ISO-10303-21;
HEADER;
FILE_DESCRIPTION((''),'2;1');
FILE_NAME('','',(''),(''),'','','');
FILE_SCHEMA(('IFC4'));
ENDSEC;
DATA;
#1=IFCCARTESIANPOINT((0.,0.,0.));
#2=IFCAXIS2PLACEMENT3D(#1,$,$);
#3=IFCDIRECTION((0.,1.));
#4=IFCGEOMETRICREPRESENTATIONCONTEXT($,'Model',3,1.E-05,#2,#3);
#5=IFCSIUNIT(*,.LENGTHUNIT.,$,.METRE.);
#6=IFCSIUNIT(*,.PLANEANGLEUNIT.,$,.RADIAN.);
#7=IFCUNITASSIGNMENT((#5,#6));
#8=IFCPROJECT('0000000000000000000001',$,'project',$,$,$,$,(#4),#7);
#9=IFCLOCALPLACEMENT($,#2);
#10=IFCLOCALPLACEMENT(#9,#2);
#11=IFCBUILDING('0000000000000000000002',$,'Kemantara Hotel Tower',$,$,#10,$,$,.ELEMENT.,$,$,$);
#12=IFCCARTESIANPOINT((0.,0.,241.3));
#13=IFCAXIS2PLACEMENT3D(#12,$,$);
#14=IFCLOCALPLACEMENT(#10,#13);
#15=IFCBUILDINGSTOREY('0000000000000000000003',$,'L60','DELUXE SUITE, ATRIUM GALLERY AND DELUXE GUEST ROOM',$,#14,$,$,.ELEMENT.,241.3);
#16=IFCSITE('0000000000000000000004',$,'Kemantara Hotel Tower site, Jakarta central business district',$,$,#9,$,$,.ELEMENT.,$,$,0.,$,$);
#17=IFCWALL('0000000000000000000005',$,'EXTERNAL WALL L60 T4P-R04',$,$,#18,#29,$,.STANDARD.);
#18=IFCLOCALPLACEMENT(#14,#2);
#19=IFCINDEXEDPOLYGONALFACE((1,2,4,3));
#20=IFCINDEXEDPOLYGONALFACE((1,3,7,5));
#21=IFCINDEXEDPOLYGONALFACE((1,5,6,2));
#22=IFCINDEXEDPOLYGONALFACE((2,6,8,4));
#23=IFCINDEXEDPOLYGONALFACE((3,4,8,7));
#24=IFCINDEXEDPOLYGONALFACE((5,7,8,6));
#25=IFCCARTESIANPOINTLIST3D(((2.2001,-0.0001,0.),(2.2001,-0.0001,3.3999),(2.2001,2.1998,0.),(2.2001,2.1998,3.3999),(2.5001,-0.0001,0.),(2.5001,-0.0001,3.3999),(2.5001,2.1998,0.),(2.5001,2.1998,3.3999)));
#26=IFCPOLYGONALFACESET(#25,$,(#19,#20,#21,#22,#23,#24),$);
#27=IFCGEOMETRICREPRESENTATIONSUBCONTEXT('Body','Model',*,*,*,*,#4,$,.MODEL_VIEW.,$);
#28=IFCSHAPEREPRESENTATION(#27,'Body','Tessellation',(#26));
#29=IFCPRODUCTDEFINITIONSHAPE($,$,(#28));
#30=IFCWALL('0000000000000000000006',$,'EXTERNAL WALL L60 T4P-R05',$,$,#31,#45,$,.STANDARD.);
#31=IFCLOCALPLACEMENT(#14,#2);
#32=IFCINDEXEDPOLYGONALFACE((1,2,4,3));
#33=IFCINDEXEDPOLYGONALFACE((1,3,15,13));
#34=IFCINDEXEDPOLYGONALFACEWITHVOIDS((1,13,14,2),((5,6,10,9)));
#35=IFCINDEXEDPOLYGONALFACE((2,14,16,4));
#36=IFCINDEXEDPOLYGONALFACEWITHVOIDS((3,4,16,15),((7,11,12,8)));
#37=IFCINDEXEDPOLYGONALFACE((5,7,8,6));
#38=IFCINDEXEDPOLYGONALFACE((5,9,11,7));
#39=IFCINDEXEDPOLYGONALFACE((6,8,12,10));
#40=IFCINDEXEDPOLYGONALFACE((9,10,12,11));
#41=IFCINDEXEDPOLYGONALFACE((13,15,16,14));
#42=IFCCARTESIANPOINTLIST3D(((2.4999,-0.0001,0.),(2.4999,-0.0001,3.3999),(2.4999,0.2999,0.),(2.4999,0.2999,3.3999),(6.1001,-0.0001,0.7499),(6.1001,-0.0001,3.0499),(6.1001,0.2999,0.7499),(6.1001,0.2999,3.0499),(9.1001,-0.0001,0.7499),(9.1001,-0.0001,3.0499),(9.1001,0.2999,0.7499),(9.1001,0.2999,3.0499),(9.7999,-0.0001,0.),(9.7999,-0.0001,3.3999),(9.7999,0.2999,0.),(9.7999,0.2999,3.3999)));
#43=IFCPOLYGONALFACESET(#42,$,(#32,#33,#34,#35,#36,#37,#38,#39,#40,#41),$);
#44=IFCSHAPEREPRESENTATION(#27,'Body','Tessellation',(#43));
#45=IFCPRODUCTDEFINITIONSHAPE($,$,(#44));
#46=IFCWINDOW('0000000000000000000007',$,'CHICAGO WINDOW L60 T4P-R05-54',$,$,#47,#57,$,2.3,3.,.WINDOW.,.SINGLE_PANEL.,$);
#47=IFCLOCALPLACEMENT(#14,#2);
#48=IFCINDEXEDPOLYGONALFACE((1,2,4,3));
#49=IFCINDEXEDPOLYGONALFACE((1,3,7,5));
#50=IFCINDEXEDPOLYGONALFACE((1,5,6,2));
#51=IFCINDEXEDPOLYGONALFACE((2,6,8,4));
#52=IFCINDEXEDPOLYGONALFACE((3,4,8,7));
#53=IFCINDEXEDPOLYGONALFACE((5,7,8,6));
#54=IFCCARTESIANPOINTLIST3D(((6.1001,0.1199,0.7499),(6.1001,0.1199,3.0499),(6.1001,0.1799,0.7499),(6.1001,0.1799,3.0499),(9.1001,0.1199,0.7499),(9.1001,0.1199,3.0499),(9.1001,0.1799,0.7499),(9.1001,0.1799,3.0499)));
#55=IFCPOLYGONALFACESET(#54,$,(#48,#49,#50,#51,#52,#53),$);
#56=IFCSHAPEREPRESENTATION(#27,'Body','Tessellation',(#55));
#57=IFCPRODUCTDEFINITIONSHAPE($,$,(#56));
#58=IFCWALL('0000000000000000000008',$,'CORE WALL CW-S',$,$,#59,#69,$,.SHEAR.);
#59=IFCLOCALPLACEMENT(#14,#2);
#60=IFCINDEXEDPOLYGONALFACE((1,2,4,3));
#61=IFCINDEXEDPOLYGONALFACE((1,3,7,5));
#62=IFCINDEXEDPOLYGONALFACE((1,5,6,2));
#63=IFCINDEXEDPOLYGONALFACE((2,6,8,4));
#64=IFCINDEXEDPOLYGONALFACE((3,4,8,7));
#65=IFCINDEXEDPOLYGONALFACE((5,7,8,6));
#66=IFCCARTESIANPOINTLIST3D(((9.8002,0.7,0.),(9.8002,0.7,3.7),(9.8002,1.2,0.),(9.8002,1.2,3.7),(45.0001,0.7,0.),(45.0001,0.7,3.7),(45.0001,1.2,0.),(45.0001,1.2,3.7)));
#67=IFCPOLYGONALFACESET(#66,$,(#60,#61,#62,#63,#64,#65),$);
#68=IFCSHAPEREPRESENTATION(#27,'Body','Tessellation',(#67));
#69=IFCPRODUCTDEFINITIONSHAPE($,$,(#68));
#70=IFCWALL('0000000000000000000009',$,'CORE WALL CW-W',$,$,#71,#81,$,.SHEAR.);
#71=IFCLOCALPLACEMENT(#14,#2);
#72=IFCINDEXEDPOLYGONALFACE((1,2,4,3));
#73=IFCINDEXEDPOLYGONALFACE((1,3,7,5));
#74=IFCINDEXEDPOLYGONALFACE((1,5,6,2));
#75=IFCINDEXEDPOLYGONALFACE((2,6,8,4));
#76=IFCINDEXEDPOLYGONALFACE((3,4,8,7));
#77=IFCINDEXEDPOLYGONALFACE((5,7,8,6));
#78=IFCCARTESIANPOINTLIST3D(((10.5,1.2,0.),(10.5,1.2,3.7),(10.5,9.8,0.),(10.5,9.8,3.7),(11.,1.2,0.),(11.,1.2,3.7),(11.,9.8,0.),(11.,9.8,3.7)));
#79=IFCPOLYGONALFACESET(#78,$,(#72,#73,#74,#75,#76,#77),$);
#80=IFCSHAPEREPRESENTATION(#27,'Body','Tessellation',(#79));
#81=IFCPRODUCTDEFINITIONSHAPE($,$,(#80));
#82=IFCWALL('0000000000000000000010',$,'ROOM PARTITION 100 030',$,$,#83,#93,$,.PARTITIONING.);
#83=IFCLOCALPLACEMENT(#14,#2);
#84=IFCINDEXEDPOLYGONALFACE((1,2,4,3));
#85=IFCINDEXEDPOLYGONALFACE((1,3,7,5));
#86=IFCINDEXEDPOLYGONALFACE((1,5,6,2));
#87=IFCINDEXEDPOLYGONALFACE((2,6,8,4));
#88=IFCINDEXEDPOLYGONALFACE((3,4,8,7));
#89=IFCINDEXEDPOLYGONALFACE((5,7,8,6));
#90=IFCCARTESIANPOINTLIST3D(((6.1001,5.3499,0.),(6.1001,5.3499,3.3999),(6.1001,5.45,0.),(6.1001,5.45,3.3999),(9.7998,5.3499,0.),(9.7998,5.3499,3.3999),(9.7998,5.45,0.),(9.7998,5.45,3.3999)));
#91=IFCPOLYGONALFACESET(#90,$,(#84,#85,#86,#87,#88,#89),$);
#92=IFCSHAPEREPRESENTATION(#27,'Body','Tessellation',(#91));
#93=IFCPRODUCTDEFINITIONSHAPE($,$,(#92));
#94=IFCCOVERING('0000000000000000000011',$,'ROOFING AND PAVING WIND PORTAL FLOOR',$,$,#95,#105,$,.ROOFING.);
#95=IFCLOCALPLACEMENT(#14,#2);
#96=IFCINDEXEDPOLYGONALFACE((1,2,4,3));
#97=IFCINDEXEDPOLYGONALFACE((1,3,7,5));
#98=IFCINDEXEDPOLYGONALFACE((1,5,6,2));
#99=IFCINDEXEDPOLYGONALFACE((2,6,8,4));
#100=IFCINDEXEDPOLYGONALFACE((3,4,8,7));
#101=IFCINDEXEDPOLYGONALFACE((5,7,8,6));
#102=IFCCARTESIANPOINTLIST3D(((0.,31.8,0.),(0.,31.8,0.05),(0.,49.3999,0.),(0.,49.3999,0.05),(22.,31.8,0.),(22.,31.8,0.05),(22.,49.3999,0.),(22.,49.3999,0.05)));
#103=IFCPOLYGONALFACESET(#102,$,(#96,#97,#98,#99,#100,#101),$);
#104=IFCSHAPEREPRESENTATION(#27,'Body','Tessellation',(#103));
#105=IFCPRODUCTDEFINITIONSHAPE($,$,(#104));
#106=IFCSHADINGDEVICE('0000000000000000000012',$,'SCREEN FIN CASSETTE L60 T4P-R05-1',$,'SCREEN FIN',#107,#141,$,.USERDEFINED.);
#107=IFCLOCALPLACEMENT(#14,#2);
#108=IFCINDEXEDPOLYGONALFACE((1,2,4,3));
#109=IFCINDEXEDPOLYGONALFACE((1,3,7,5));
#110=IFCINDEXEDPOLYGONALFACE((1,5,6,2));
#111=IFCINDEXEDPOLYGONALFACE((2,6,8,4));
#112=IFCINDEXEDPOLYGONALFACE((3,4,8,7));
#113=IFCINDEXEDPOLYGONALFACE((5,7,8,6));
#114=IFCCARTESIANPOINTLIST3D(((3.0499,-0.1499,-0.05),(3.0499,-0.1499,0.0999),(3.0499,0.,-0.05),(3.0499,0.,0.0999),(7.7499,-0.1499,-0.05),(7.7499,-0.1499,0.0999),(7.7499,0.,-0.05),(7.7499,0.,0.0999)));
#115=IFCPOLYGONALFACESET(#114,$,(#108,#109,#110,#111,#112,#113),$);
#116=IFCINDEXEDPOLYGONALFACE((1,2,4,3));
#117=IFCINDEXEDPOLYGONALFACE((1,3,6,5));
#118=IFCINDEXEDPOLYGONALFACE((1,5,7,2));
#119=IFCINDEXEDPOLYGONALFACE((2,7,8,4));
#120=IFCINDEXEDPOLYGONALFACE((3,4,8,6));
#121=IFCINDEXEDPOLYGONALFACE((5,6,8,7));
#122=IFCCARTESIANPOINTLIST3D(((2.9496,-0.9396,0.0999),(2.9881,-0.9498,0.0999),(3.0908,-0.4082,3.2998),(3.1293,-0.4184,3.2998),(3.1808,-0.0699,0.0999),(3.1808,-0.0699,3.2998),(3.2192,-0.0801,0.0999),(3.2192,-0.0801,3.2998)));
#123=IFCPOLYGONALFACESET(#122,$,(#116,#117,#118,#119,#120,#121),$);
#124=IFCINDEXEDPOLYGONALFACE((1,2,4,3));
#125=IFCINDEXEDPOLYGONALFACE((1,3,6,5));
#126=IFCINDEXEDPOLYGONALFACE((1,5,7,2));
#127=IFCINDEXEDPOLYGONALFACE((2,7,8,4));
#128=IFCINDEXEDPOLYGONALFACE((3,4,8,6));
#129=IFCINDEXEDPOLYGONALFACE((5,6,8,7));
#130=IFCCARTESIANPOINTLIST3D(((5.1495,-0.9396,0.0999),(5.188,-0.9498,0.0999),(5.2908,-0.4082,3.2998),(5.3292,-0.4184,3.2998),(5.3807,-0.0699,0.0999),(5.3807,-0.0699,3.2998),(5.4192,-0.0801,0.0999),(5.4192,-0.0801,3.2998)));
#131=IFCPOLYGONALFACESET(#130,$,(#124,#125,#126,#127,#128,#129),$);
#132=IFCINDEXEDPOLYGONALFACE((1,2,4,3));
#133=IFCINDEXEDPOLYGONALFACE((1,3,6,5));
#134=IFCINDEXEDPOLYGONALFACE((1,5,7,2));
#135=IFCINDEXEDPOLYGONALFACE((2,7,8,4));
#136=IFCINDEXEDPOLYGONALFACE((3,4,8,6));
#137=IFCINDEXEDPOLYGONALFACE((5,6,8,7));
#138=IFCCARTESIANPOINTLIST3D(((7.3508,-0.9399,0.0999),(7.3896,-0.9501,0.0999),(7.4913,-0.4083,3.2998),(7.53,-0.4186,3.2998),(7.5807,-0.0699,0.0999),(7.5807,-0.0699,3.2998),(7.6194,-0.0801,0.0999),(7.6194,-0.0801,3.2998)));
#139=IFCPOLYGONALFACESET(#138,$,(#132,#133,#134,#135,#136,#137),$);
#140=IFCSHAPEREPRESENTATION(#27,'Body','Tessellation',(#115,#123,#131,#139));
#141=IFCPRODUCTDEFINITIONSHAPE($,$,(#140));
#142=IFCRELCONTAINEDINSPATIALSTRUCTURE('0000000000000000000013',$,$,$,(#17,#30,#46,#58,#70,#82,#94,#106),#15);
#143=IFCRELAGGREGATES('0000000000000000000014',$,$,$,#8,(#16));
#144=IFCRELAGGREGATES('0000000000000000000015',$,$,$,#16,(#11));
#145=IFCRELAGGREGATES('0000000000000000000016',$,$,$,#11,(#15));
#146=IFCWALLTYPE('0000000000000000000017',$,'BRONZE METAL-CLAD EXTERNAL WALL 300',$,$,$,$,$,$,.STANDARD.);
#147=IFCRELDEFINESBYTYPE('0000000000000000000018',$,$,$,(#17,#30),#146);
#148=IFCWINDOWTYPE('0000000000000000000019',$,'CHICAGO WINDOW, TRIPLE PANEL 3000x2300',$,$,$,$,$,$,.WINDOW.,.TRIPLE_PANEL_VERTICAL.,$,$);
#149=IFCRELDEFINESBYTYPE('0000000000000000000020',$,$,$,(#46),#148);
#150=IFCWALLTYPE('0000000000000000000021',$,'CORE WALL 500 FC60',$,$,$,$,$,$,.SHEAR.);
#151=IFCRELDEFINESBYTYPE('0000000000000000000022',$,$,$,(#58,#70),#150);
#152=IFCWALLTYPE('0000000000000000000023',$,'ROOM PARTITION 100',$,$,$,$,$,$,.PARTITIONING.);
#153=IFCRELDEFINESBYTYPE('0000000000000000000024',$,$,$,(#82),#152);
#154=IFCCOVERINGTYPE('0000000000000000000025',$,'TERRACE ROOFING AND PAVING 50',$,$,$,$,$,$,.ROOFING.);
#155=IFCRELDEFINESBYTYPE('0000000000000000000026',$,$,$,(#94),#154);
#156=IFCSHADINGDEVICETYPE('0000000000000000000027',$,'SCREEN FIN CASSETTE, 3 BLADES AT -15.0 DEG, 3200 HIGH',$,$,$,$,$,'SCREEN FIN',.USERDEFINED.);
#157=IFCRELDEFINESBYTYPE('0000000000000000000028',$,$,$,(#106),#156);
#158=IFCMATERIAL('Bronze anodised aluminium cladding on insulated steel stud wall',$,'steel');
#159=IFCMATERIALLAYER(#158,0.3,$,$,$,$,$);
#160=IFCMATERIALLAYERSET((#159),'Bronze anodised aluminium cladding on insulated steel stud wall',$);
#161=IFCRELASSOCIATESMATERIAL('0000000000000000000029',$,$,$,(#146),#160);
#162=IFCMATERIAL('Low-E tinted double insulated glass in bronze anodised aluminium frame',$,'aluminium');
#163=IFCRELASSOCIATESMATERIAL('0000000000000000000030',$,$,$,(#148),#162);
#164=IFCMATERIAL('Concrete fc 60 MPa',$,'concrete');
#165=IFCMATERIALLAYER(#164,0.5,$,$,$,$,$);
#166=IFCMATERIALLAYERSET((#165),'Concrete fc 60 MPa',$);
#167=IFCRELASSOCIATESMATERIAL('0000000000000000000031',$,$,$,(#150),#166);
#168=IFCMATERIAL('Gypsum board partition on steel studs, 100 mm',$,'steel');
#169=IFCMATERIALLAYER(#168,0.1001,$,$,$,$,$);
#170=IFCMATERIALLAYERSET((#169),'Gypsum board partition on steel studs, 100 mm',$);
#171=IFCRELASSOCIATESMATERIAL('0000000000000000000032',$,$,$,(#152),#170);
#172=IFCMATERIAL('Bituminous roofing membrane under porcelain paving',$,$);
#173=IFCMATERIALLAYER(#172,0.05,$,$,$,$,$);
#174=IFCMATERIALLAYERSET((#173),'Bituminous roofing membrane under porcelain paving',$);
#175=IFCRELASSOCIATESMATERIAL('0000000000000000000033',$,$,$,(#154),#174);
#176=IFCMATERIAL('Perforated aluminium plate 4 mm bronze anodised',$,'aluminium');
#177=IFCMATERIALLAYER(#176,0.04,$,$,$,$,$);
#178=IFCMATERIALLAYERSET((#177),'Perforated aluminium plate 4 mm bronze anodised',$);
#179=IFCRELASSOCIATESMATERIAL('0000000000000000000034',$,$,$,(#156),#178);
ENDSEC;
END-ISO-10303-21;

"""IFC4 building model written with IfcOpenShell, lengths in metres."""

from ifc_helpers import new_model, si_unit, direction, frame, frame_2d, origin, origin_2d, place, context, subcontext, project, spatial, polyline, rectangle, outline, extrude, source, transform, mapped, material, layer, layer_set, type_object, element, fill, save


model = new_model("IFC4")

# Units and contexts
model_context = context("Model", 3, precision=1e-05, world=origin(), true_north=direction((0.0, 1.0)))
body_context = subcontext(model_context, "Body", "Model", "MODEL_VIEW")
ifc_project = project(units=[si_unit("LENGTHUNIT", "METRE"), si_unit("PLANEANGLEUNIT", "RADIAN")], contexts=[model_context])

# Site, building, storey
site_placement = place(None, origin())
site = spatial("IfcSite", under=ifc_project, at=site_placement, Name="Kemantara Hotel Tower site, Jakarta central business district", CompositionType="ELEMENT", RefElevation=0.0)
building_placement = place(site_placement, origin())
building = spatial("IfcBuilding", under=site, at=building_placement, Name="Kemantara Hotel Tower", CompositionType="ELEMENT")
storey_placement = place(building_placement, frame((0.0, 0.0, 241.3)))
storey = spatial("IfcBuildingStorey", under=building, at=storey_placement, Name="L60", Description="DELUXE SUITE, ATRIUM GALLERY AND DELUXE GUEST ROOM", CompositionType="ELEMENT", Elevation=241.3)

# Shared definitions
ifc_material_1 = material(Name="Concrete fc 60 MPa", Category="concrete")

# Wall
ifc_material_2 = material(Name="Bronze anodised aluminium cladding on insulated steel stud wall", Category="steel")
ifc_layer_1 = layer(ifc_material_2, 0.3)
ifc_layer_set_1 = layer_set([ifc_layer_1], Name="Bronze anodised aluminium cladding on insulated steel stud wall")
wall_type_1 = type_object("IfcWallType", Name="BRONZE METAL-CLAD EXTERNAL WALL 300", PredefinedType="STANDARD", material=ifc_layer_set_1)
for number, where, z_axis, x_axis, name in (
    (1, (2.3501, 2.2, 0.0), (0.0, 0.0, 1.0), (0.0, -1.0, 0.0), "EXTERNAL WALL L60 T4P-R04"),
):
    element("IfcWall", number, at=place(storey_placement, frame(where, z_axis=z_axis, x_axis=x_axis)), inside=storey, type_object=wall_type_1, Name=name, PredefinedType="STANDARD", context=body_context, shape_type="SweptSolid", body=[
        extrude(rectangle(XDim=2.2, YDim=0.3, at=frame_2d((1.1001, 0.0))), origin(), (0.0, 0.0, 1.0), 3.3999),
    ])

# Wall, opening, window
wall_1_placement = place(storey_placement, frame((2.5, 0.1499, 0.0), z_axis=(0.0, 0.0, 1.0), x_axis=(1.0, 0.0, 0.0)))
wall_1 = element("IfcWall", 2, at=wall_1_placement, inside=storey, type_object=wall_type_1, Name="EXTERNAL WALL L60 T4P-R05", PredefinedType="STANDARD", context=body_context, shape_type="SweptSolid", body=[
    extrude(rectangle(XDim=7.3, YDim=0.3, at=frame_2d((3.6499, 0.0))), origin(), (0.0, 0.0, 1.0), 3.3999),
])
opening_placement = place(wall_1_placement, frame((3.6001, 0.0, 0.75)))
opening = element("IfcOpeningElement", 3, at=opening_placement, cuts=wall_1, PredefinedType="OPENING", context=body_context, shape_type="SweptSolid", body=[
    extrude(rectangle(XDim=3.0, YDim=2.3, at=frame_2d((1.5, 1.1499))), frame((0.0, 0.1599, 0.0), z_axis=(0.0, -1.0, 0.0), x_axis=(1.0, 0.0, 0.0)), (0.0, 0.0, 1.0), 0.3201),
])
ifc_material_3 = material(Name="Low-E tinted double insulated glass in bronze anodised aluminium frame", Category="aluminium")
window_type = type_object("IfcWindowType", Name="CHICAGO WINDOW, TRIPLE PANEL 3000x2300", PartitioningType="TRIPLE_PANEL_VERTICAL", PredefinedType="WINDOW", material=ifc_material_3)
window_placement = place(opening_placement, origin())
window = element("IfcWindow", 4, at=window_placement, inside=storey, type_object=window_type, Name="CHICAGO WINDOW L60 T4P-R05-54", OverallHeight=2.3, OverallWidth=3.0, PartitioningType="SINGLE_PANEL", PredefinedType="WINDOW", context=body_context, shape_type="SweptSolid", body=[
    extrude(rectangle(XDim=3.0, YDim=2.3, at=frame_2d((1.5, 1.1499))), frame((0.0, 0.03, 0.0), z_axis=(0.0, -1.0, 0.0), x_axis=(1.0, 0.0, 0.0)), (0.0, 0.0, 1.0), 0.0601),
])
fill(opening, window)

# Walls
ifc_layer_2 = layer(ifc_material_1, 0.5)
ifc_layer_set_2 = layer_set([ifc_layer_2], Name="Concrete fc 60 MPa")
wall_type_2 = type_object("IfcWallType", Name="CORE WALL 500 FC60", PredefinedType="SHEAR", material=ifc_layer_set_2)
wall_2_placement = place(storey_placement, frame((9.8, 0.95, 0.0), z_axis=(0.0, 0.0, 1.0), x_axis=(1.0, 0.0, 0.0)))
element("IfcWall", 5, at=wall_2_placement, inside=storey, type_object=wall_type_2, Name="CORE WALL CW-S", PredefinedType="SHEAR", context=body_context, shape_type="SweptSolid", body=[
    extrude(rectangle(XDim=35.2, YDim=0.5, at=frame_2d((17.6001, 0.0))), origin(), (0.0, 0.0, 1.0), 3.7),
])
wall_3_placement = place(storey_placement, frame((10.75, 1.2, 0.0), z_axis=(0.0, 0.0, 1.0), x_axis=(0.0, 1.0, 0.0)))
element("IfcWall", 6, at=wall_3_placement, inside=storey, type_object=wall_type_2, Name="CORE WALL CW-W", PredefinedType="SHEAR", context=body_context, shape_type="SweptSolid", body=[
    extrude(rectangle(XDim=8.6001, YDim=0.5, at=frame_2d((4.3, 0.0))), origin(), (0.0, 0.0, 1.0), 3.7),
])
ifc_material_4 = material(Name="Gypsum board partition on steel studs, 100 mm", Category="steel")
ifc_layer_3 = layer(ifc_material_4, 0.1001)
ifc_layer_set_3 = layer_set([ifc_layer_3], Name="Gypsum board partition on steel studs, 100 mm")
wall_type_3 = type_object("IfcWallType", Name="ROOM PARTITION 100", PredefinedType="PARTITIONING", material=ifc_layer_set_3)
wall_4_placement = place(storey_placement, frame((6.1001, 5.3999, 0.0), z_axis=(0.0, 0.0, 1.0), x_axis=(1.0, 0.0, 0.0)))
element("IfcWall", 7, at=wall_4_placement, inside=storey, type_object=wall_type_3, Name="ROOM PARTITION 100 030", PredefinedType="PARTITIONING", context=body_context, shape_type="SweptSolid", body=[
    extrude(rectangle(XDim=3.6997, YDim=0.1001, at=frame_2d((1.8499, 0.0))), origin(), (0.0, 0.0, 1.0), 3.3999),
])

# Covering
ifc_material_5 = material(Name="Bituminous roofing membrane under porcelain paving")
ifc_layer_4 = layer(ifc_material_5, 0.05)
ifc_layer_set_4 = layer_set([ifc_layer_4], Name="Bituminous roofing membrane under porcelain paving")
covering_type = type_object("IfcCoveringType", Name="TERRACE ROOFING AND PAVING 50", PredefinedType="ROOFING", material=ifc_layer_set_4)
covering_placement = place(storey_placement, origin())
element("IfcCovering", 8, at=covering_placement, inside=storey, type_object=covering_type, Name="ROOFING AND PAVING WIND PORTAL FLOOR", PredefinedType="ROOFING", context=body_context, shape_type="SweptSolid", body=[
    extrude(outline(polyline([(0.0, 31.8), (22.0, 31.8), (22.0, 49.3999), (0.0, 49.3999), (0.0, 31.8)])), origin(), (0.0, 0.0, 1.0), 0.05),
])

# Shading device
ifc_material_6 = material(Name="Perforated aluminium plate 4 mm bronze anodised", Category="aluminium")
ifc_layer_5 = layer(ifc_material_6, 0.04)
ifc_layer_set_5 = layer_set([ifc_layer_5], Name="Perforated aluminium plate 4 mm bronze anodised")
shading_device_type_1 = type_object("IfcShadingDeviceType", Name="SCREEN FIN CASSETTE, 3 BLADES AT -15.0 DEG, 3200 HIGH", ElementType="SCREEN FIN", PredefinedType="USERDEFINED", material=ifc_layer_set_5)
shared_shape_1 = source(origin(), body_context, "Body", "SweptSolid", [
    extrude(rectangle(XDim=4.7, YDim=0.1499, at=origin_2d()), frame((2.2, -0.075, -0.1499), z_axis=(0.0, 0.0, 1.0), x_axis=(1.0, 0.0, 0.0)), (0.0, 0.0, 1.0), 0.1499),
    extrude(outline(polyline([(0.0, 0.0), (0.8999, 0.0), (0.3501, 3.2), (0.0, 3.2), (0.0, 0.0)])), frame((0.0193, -0.0801, 0.0), z_axis=(-0.966438, 0.256901, 0.0), x_axis=(-0.256901, -0.966438, 0.0)), (0.0, 0.0, 1.0), 0.0398),
    extrude(outline(polyline([(0.0, 0.0), (0.8999, 0.0), (0.3501, 3.2), (0.0, 3.2), (0.0, 0.0)])), frame((2.2192, -0.0801, 0.0), z_axis=(-0.966438, 0.256901, 0.0), x_axis=(-0.256901, -0.966438, 0.0)), (0.0, 0.0, 1.0), 0.0398),
    extrude(outline(polyline([(0.0, 0.0), (0.8999, 0.0), (0.3501, 3.2), (0.0, 3.2), (0.0, 0.0)])), frame((4.4194, -0.0801, 0.0), z_axis=(-0.966838, 0.255391, 0.0), x_axis=(-0.255391, -0.966838, 0.0)), (0.0, 0.0, 1.0), 0.04),
])
shading_device_1_placement = place(storey_placement, frame((3.2, 0.0, 0.0999), z_axis=(0.0, 0.0, 1.0), x_axis=(1.0, 0.0, 0.0)))
element("IfcShadingDevice", 9, at=shading_device_1_placement, inside=storey, type_object=shading_device_type_1, Name="SCREEN FIN CASSETTE L60 T4P-R05-1", ObjectType="SCREEN FIN", PredefinedType="USERDEFINED", context=body_context, shape_type="MappedRepresentation", body=[
    mapped(shared_shape_1, transform((0.0, 0.0, 0.0))),
])

save(model, "model.ifc")
